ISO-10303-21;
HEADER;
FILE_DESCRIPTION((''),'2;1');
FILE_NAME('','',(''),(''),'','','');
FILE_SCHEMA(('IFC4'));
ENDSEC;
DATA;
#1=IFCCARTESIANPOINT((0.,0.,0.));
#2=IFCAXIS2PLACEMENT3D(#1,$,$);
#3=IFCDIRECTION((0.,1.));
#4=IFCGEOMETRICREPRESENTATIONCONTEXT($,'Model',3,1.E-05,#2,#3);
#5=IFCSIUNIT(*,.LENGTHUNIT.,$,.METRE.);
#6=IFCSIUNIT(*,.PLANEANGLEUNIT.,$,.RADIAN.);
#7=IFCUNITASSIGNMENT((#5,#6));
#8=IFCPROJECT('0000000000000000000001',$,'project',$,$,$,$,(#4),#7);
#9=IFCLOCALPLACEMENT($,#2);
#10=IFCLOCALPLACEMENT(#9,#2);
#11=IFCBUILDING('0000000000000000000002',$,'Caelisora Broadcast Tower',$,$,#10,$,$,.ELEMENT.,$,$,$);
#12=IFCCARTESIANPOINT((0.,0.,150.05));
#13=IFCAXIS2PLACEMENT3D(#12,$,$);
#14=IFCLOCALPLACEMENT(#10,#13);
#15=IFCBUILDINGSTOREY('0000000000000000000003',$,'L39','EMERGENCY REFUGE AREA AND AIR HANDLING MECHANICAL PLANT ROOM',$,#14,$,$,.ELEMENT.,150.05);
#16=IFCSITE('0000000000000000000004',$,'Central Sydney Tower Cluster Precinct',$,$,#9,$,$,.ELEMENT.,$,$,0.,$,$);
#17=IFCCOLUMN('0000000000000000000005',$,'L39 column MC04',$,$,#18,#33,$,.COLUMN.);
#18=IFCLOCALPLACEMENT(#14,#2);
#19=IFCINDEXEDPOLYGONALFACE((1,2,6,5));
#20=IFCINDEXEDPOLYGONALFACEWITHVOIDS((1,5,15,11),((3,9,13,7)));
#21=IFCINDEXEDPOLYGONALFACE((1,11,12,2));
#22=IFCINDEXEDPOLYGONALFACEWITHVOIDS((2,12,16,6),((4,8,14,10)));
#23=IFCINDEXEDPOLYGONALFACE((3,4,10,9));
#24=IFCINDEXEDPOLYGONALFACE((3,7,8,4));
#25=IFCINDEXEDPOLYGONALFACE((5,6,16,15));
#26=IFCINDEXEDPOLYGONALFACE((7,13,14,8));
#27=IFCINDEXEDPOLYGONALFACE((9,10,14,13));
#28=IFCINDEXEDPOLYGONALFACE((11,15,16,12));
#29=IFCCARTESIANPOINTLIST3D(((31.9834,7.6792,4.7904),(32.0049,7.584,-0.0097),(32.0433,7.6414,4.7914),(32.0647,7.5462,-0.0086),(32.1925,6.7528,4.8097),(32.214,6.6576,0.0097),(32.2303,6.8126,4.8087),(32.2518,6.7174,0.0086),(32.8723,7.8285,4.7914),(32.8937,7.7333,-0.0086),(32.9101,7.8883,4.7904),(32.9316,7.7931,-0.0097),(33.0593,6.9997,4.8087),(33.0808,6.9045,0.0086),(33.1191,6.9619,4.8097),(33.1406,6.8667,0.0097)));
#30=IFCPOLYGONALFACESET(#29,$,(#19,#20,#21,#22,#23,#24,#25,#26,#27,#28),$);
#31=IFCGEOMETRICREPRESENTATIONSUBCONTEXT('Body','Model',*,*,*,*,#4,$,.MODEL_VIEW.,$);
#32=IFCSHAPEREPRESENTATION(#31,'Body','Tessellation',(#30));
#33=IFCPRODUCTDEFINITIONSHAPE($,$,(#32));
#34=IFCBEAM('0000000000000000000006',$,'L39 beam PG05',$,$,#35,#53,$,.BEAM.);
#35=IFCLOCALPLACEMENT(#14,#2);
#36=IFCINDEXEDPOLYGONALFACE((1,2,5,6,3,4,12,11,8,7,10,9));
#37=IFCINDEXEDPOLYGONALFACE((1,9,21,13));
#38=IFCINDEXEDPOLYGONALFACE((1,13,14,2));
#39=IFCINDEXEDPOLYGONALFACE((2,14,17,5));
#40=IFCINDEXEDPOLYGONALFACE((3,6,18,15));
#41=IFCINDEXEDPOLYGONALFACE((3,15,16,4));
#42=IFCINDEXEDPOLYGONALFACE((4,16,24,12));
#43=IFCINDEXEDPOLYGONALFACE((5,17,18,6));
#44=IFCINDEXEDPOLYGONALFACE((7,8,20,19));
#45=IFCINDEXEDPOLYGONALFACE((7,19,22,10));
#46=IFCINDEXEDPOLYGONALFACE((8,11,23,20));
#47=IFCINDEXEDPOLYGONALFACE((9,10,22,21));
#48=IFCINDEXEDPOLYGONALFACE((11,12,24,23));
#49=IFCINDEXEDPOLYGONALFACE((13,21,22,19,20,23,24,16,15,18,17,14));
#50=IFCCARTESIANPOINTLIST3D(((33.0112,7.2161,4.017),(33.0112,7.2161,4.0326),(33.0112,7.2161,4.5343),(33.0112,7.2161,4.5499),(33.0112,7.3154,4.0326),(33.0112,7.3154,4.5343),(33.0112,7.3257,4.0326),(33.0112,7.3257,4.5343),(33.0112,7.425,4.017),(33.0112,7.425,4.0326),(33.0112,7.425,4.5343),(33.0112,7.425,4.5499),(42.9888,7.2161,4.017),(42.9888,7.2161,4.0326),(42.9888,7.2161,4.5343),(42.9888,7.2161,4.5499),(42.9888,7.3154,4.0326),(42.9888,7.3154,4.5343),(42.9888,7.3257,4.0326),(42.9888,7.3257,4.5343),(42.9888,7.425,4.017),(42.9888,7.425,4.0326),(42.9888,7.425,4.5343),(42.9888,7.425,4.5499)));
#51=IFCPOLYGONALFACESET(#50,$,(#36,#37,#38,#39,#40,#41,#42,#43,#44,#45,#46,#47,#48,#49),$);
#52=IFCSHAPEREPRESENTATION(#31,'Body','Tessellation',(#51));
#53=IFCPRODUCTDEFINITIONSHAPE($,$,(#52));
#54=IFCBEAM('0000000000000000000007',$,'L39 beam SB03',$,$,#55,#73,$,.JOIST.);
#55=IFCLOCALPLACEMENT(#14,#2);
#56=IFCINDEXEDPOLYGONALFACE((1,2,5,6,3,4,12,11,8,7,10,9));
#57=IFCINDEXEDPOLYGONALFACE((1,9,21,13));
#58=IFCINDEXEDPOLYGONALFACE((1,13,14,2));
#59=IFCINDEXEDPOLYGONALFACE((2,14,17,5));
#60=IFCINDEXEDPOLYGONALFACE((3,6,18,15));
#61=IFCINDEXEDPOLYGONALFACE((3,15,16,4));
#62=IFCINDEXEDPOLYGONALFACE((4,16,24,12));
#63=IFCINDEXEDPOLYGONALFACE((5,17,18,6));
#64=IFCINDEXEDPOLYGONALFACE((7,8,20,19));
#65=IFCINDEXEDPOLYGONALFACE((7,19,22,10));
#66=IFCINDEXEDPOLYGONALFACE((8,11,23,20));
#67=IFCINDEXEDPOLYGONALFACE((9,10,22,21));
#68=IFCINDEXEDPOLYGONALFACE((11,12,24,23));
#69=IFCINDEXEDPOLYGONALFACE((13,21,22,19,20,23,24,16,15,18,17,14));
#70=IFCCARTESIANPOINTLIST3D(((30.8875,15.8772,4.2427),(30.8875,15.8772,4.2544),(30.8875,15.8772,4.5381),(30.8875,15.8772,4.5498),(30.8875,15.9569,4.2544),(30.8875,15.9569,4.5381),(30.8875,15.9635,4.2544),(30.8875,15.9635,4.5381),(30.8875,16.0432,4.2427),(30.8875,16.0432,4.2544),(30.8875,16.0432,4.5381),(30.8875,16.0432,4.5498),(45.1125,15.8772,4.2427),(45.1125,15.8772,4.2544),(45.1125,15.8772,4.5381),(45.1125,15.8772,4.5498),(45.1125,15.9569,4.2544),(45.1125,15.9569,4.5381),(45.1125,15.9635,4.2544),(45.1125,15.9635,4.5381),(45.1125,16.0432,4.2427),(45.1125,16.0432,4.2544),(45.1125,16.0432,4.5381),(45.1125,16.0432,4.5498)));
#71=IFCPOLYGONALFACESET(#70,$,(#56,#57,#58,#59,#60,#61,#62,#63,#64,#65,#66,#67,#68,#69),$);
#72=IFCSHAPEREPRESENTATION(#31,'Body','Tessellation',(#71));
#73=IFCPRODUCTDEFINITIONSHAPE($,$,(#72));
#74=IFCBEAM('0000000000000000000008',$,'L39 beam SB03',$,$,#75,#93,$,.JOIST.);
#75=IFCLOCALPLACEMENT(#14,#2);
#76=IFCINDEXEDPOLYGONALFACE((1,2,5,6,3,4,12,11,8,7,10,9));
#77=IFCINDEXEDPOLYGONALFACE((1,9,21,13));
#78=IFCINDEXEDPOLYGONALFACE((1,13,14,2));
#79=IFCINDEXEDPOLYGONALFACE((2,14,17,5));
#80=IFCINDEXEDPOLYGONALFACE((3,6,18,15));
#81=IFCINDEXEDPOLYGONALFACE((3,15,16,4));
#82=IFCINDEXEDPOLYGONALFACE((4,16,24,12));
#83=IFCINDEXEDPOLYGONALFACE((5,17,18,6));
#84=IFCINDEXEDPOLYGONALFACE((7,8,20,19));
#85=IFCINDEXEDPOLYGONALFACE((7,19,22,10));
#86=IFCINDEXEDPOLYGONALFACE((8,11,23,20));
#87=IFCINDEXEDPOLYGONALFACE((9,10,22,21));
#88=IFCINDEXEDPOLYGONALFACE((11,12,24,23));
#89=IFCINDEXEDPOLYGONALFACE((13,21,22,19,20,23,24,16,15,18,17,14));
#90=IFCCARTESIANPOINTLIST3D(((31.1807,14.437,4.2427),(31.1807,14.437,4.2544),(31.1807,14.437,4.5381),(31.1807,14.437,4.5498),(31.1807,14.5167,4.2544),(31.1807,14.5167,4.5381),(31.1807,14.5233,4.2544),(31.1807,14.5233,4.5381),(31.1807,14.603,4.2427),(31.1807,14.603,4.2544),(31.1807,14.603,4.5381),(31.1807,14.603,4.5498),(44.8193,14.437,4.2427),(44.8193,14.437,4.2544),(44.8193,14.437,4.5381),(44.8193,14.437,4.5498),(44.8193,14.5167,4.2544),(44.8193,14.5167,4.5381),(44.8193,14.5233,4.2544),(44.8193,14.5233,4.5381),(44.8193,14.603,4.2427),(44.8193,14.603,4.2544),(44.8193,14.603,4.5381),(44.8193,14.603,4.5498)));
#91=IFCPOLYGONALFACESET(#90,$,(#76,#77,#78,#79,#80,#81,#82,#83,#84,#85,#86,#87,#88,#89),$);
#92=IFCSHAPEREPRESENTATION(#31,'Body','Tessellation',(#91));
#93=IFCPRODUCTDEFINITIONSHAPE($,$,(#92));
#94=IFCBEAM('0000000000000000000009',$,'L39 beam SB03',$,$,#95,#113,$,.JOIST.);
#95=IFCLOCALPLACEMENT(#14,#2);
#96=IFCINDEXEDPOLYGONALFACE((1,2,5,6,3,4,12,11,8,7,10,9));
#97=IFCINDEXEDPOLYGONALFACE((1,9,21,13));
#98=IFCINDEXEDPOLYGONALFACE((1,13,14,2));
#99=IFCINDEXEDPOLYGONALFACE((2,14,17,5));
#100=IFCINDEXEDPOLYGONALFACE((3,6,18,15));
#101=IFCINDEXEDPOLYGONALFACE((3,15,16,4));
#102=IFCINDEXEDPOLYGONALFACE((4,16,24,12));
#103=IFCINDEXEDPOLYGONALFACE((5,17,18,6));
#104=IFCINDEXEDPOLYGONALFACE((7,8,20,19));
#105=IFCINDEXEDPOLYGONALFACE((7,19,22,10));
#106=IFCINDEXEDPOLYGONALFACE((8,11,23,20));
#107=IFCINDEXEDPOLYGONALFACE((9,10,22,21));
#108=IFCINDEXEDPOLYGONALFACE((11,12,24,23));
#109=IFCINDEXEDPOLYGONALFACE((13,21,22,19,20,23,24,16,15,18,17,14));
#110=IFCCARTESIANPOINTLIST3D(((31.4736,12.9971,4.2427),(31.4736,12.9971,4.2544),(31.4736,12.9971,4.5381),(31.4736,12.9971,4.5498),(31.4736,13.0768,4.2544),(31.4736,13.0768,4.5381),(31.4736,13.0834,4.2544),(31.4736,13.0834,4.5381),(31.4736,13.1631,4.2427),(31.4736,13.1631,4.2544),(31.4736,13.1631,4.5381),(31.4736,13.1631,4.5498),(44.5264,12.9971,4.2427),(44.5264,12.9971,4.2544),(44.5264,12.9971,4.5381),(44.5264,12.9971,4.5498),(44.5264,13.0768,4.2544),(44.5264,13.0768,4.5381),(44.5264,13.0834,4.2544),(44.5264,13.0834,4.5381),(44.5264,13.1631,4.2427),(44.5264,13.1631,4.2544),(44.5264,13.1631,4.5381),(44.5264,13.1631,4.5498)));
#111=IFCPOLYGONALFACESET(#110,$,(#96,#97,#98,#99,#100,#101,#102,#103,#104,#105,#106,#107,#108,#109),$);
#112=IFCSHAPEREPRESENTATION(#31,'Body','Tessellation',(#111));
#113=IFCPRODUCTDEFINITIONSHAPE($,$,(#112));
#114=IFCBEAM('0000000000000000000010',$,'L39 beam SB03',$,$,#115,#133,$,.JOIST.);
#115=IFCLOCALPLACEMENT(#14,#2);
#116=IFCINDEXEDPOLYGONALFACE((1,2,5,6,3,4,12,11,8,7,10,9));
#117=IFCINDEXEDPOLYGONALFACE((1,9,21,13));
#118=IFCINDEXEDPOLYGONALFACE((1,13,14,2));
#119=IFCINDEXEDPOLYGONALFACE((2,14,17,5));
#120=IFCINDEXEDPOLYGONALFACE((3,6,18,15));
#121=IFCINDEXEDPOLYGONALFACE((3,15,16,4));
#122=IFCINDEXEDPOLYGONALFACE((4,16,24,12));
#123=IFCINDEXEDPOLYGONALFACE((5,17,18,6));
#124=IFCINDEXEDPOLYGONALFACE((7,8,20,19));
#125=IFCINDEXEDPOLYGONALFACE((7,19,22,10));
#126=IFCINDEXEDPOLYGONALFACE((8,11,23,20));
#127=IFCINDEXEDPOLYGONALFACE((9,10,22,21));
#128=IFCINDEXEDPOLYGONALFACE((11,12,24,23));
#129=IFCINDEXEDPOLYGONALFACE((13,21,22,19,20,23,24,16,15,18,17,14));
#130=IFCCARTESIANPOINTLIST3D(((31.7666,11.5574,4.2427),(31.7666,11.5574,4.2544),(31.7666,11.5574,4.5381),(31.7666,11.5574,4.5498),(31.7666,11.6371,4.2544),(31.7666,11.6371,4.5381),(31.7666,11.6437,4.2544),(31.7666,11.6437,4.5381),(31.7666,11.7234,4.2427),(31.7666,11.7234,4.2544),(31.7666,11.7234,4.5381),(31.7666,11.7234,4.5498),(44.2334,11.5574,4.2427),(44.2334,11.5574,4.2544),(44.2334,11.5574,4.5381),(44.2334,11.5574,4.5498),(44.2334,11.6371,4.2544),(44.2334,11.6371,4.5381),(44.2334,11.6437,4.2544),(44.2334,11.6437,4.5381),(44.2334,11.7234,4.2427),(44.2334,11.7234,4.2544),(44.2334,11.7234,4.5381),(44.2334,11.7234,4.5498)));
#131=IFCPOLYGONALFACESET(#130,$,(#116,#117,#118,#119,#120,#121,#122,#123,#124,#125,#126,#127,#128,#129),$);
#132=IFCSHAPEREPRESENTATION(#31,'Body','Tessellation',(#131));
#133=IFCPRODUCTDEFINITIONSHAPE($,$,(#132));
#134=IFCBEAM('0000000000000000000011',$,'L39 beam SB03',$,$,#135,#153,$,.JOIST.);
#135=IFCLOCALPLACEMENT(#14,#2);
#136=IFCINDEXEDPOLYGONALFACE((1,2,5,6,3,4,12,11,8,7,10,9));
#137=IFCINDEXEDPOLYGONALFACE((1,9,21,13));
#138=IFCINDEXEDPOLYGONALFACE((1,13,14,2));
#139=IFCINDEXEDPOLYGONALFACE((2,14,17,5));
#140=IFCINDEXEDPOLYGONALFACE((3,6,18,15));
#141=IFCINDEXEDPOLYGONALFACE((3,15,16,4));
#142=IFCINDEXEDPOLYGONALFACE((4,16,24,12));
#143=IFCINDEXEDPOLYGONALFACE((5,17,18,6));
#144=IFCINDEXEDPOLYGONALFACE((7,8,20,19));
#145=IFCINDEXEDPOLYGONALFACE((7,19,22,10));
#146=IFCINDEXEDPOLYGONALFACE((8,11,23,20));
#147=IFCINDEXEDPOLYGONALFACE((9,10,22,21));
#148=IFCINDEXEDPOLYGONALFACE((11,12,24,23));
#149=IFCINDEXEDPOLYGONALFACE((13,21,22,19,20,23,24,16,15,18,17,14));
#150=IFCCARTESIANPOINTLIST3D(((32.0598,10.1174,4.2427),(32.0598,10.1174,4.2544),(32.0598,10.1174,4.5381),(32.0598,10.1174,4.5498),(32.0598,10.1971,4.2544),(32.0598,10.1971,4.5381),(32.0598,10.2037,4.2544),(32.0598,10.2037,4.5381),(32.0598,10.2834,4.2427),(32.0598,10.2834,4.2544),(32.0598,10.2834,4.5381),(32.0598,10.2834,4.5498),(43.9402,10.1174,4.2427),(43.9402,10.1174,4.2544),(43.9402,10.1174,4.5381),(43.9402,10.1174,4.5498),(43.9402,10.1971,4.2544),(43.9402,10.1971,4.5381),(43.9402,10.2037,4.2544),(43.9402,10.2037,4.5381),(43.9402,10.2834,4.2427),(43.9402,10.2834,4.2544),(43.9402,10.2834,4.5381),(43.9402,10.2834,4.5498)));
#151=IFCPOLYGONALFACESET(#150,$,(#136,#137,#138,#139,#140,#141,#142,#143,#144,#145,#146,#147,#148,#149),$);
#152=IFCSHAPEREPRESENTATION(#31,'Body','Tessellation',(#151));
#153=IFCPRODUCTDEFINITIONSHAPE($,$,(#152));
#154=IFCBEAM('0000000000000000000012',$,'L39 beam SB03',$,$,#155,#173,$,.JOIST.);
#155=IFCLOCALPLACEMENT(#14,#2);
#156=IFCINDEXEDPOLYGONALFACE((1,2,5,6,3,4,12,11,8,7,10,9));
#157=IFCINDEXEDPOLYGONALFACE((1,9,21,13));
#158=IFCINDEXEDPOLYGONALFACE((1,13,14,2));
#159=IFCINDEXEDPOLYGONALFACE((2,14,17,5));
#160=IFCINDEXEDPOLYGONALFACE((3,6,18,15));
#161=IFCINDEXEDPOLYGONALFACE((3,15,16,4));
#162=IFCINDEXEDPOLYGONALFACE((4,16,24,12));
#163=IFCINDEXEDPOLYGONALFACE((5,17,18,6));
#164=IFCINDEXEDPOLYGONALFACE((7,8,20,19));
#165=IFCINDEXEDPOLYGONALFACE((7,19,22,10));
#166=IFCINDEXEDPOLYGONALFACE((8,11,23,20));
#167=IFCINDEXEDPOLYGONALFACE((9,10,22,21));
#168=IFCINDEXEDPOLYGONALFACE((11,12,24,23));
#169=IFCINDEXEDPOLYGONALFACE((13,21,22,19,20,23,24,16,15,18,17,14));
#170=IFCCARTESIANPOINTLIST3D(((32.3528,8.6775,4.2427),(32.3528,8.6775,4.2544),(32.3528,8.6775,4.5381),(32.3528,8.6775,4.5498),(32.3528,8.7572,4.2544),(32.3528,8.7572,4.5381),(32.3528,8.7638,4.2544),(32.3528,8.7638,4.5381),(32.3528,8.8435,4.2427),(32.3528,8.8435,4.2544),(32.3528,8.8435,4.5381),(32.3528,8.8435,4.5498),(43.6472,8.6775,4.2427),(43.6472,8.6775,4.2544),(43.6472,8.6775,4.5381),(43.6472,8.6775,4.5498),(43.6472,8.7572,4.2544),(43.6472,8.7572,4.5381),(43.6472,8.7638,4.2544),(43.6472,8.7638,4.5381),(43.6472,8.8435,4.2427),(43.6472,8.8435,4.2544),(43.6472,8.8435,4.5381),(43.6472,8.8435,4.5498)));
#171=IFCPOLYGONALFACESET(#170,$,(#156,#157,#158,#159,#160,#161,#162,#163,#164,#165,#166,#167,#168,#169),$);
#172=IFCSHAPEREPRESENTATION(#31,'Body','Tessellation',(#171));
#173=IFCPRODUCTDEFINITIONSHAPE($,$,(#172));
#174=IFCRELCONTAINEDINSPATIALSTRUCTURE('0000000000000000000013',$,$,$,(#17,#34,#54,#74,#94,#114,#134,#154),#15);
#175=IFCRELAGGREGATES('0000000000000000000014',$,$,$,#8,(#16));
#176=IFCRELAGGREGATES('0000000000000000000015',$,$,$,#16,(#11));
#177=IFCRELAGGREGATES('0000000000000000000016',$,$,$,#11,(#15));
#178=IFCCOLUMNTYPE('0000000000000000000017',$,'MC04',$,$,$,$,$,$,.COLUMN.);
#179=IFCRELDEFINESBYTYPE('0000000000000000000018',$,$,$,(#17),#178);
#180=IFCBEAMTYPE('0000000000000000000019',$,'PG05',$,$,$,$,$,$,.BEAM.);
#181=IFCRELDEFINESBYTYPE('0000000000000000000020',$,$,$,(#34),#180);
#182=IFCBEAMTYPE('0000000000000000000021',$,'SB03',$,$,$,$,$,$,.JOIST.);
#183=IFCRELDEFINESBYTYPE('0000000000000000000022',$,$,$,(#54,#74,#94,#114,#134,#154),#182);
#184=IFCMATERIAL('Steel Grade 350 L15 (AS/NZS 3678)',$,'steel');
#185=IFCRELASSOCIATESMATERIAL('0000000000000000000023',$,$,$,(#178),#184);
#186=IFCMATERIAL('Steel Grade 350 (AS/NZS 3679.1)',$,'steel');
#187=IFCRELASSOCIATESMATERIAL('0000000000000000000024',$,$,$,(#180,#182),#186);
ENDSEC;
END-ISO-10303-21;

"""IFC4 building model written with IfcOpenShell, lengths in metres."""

from ifc_helpers import new_model, si_unit, direction, frame, origin, origin_2d, place, context, subcontext, project, spatial, hollow_rectangle, i_section, extrude, source, transform, mapped, material, material_profile, profile_set, type_object, type_shapes, element, save


model = new_model("IFC4")

# Units and contexts
model_context = context("Model", 3, precision=1e-05, world=origin(), true_north=direction((0.0, 1.0)))
body_context = subcontext(model_context, "Body", "Model", "MODEL_VIEW")
ifc_project = project(units=[si_unit("LENGTHUNIT", "METRE"), si_unit("PLANEANGLEUNIT", "RADIAN")], contexts=[model_context])

# Site, building, storey
site_placement = place(None, origin())
site = spatial("IfcSite", under=ifc_project, at=site_placement, Name="Central Sydney Tower Cluster Precinct", CompositionType="ELEMENT", RefElevation=0.0)
building_placement = place(site_placement, origin())
building = spatial("IfcBuilding", under=site, at=building_placement, Name="Caelisora Broadcast Tower", CompositionType="ELEMENT")
storey_placement = place(building_placement, frame((0.0, 0.0, 150.05)))
storey = spatial("IfcBuildingStorey", under=building, at=storey_placement, Name="L39", Description="EMERGENCY REFUGE AREA AND AIR HANDLING MECHANICAL PLANT ROOM", CompositionType="ELEMENT", Elevation=150.05)

# Column
ifc_material_1 = material(Name="Steel Grade 350 L15 (AS/NZS 3678)", Category="steel")
ifc_material_profile_1 = material_profile(ifc_material_1, hollow_rectangle(XDim=0.95, YDim=0.95, WallThickness=0.05, at=origin_2d()), Name="Steel Grade 350 L15 (AS/NZS 3678)")
ifc_profile_set_1 = profile_set([ifc_material_profile_1], Name="Steel Grade 350 L15 (AS/NZS 3678)")
column_type = type_object("IfcColumnType", Name="MC04", PredefinedType="COLUMN", material=ifc_profile_set_1)
shared_shape_1 = source(origin(), body_context, "Body", "SweptSolid", [
    extrude(hollow_rectangle(XDim=0.95, YDim=0.95, WallThickness=0.05, at=origin_2d()), origin(), (0.0, 0.0, 1.0), 4.801),
])
type_shapes(column_type, [shared_shape_1])
column_placement = place(storey_placement, frame((32.5728, 7.2253, 0.0), z_axis=(-0.004475, 0.019832, 0.999793), x_axis=(-0.975476, -0.220107, 0.0)))
element("IfcColumn", 1, at=column_placement, inside=storey, type_object=column_type, Name="L39 column MC04", PredefinedType="COLUMN", context=body_context, shape_type="MappedRepresentation", body=[
    mapped(shared_shape_1, transform((0.0, 0.0, 0.0), scale=1.0)),
])

# Beams
ifc_material_2 = material(Name="Steel Grade 350 (AS/NZS 3679.1)", Category="steel")
ifc_material_profile_2 = material_profile(ifc_material_2, i_section(OverallWidth=0.209, OverallDepth=0.533, WebThickness=0.0103, FlangeThickness=0.0156, at=origin_2d()), Name="Steel Grade 350 (AS/NZS 3679.1)")
ifc_profile_set_2 = profile_set([ifc_material_profile_2], Name="Steel Grade 350 (AS/NZS 3679.1)")
beam_type_1 = type_object("IfcBeamType", Name="PG05", PredefinedType="BEAM", material=ifc_profile_set_2)
shared_shape_2 = source(origin(), body_context, "Body", "SweptSolid", [
    extrude(i_section(OverallWidth=0.209, OverallDepth=0.533, WebThickness=0.0103, FlangeThickness=0.0156, at=origin_2d()), origin(), (0.0, 0.0, 1.0), 9.9775),
])
type_shapes(beam_type_1, [shared_shape_2])
beam_1_placement = place(storey_placement, frame((33.0112, 7.3206, 4.2834), z_axis=(1.0, 0.0, 0.0), x_axis=(0.0, 1.0, 0.0)))
element("IfcBeam", 2, at=beam_1_placement, inside=storey, type_object=beam_type_1, Name="L39 beam PG05", PredefinedType="BEAM", context=body_context, shape_type="MappedRepresentation", body=[
    mapped(shared_shape_2, transform((0.0, 0.0, 0.0), scale=1.0)),
])
ifc_material_profile_3 = material_profile(ifc_material_2, i_section(OverallWidth=0.166, OverallDepth=0.3071, WebThickness=0.0066, FlangeThickness=0.0117, at=origin_2d()), Name="Steel Grade 350 (AS/NZS 3679.1)")
ifc_profile_set_3 = profile_set([ifc_material_profile_3], Name="Steel Grade 350 (AS/NZS 3679.1)")
beam_type_2 = type_object("IfcBeamType", Name="SB03", PredefinedType="JOIST", material=ifc_profile_set_3)
shared_shape_3 = source(origin(), body_context, "Body", "SweptSolid", [
    extrude(i_section(OverallWidth=0.166, OverallDepth=0.3071, WebThickness=0.0066, FlangeThickness=0.0117, at=origin_2d()), origin(), (0.0, 0.0, 1.0), 14.2251),
])
beam_2_placement = place(storey_placement, frame((30.8875, 15.9602, 4.3962), z_axis=(1.0, 0.0, 0.0), x_axis=(0.0, 1.0, 0.0)))
element("IfcBeam", 3, at=beam_2_placement, inside=storey, type_object=beam_type_2, Name="L39 beam SB03", PredefinedType="JOIST", context=body_context, shape_type="MappedRepresentation", body=[
    mapped(shared_shape_3, transform((0.0, 0.0, 0.0), scale=1.0)),
])
shared_shape_4 = source(origin(), body_context, "Body", "SweptSolid", [
    extrude(i_section(OverallWidth=0.166, OverallDepth=0.3071, WebThickness=0.0066, FlangeThickness=0.0117, at=origin_2d()), origin(), (0.0, 0.0, 1.0), 13.6387),
])
beam_3_placement = place(storey_placement, frame((31.1807, 14.52, 4.3962), z_axis=(1.0, 0.0, 0.0), x_axis=(0.0, 1.0, 0.0)))
element("IfcBeam", 4, at=beam_3_placement, inside=storey, type_object=beam_type_2, Name="L39 beam SB03", PredefinedType="JOIST", context=body_context, shape_type="MappedRepresentation", body=[
    mapped(shared_shape_4, transform((0.0, 0.0, 0.0), scale=1.0)),
])
shared_shape_5 = source(origin(), body_context, "Body", "SweptSolid", [
    extrude(i_section(OverallWidth=0.166, OverallDepth=0.3071, WebThickness=0.0066, FlangeThickness=0.0117, at=origin_2d()), origin(), (0.0, 0.0, 1.0), 13.0527),
])
beam_4_placement = place(storey_placement, frame((31.4736, 13.0801, 4.3962), z_axis=(1.0, 0.0, 0.0), x_axis=(0.0, 1.0, 0.0)))
element("IfcBeam", 5, at=beam_4_placement, inside=storey, type_object=beam_type_2, Name="L39 beam SB03", PredefinedType="JOIST", context=body_context, shape_type="MappedRepresentation", body=[
    mapped(shared_shape_5, transform((0.0, 0.0, 0.0), scale=1.0)),
])
shared_shape_6 = source(origin(), body_context, "Body", "SweptSolid", [
    extrude(i_section(OverallWidth=0.166, OverallDepth=0.3071, WebThickness=0.0066, FlangeThickness=0.0117, at=origin_2d()), origin(), (0.0, 0.0, 1.0), 12.4668),
])
beam_5_placement = place(storey_placement, frame((31.7666, 11.6404, 4.3962), z_axis=(1.0, 0.0, 0.0), x_axis=(0.0, 1.0, 0.0)))
element("IfcBeam", 6, at=beam_5_placement, inside=storey, type_object=beam_type_2, Name="L39 beam SB03", PredefinedType="JOIST", context=body_context, shape_type="MappedRepresentation", body=[
    mapped(shared_shape_6, transform((0.0, 0.0, 0.0), scale=1.0)),
])
shared_shape_7 = source(origin(), body_context, "Body", "SweptSolid", [
    extrude(i_section(OverallWidth=0.166, OverallDepth=0.3071, WebThickness=0.0066, FlangeThickness=0.0117, at=origin_2d()), origin(), (0.0, 0.0, 1.0), 11.8804),
])
beam_6_placement = place(storey_placement, frame((32.0598, 10.2004, 4.3962), z_axis=(1.0, 0.0, 0.0), x_axis=(0.0, 1.0, 0.0)))
element("IfcBeam", 7, at=beam_6_placement, inside=storey, type_object=beam_type_2, Name="L39 beam SB03", PredefinedType="JOIST", context=body_context, shape_type="MappedRepresentation", body=[
    mapped(shared_shape_7, transform((0.0, 0.0, 0.0), scale=1.0)),
])
shared_shape_8 = source(origin(), body_context, "Body", "SweptSolid", [
    extrude(i_section(OverallWidth=0.166, OverallDepth=0.3071, WebThickness=0.0066, FlangeThickness=0.0117, at=origin_2d()), origin(), (0.0, 0.0, 1.0), 11.2944),
])
type_shapes(beam_type_2, [shared_shape_3, shared_shape_4, shared_shape_5, shared_shape_6, shared_shape_7, shared_shape_8])
beam_7_placement = place(storey_placement, frame((32.3528, 8.7605, 4.3962), z_axis=(1.0, 0.0, 0.0), x_axis=(0.0, 1.0, 0.0)))
element("IfcBeam", 8, at=beam_7_placement, inside=storey, type_object=beam_type_2, Name="L39 beam SB03", PredefinedType="JOIST", context=body_context, shape_type="MappedRepresentation", body=[
    mapped(shared_shape_8, transform((0.0, 0.0, 0.0), scale=1.0)),
])

save(model, "model.ifc")
